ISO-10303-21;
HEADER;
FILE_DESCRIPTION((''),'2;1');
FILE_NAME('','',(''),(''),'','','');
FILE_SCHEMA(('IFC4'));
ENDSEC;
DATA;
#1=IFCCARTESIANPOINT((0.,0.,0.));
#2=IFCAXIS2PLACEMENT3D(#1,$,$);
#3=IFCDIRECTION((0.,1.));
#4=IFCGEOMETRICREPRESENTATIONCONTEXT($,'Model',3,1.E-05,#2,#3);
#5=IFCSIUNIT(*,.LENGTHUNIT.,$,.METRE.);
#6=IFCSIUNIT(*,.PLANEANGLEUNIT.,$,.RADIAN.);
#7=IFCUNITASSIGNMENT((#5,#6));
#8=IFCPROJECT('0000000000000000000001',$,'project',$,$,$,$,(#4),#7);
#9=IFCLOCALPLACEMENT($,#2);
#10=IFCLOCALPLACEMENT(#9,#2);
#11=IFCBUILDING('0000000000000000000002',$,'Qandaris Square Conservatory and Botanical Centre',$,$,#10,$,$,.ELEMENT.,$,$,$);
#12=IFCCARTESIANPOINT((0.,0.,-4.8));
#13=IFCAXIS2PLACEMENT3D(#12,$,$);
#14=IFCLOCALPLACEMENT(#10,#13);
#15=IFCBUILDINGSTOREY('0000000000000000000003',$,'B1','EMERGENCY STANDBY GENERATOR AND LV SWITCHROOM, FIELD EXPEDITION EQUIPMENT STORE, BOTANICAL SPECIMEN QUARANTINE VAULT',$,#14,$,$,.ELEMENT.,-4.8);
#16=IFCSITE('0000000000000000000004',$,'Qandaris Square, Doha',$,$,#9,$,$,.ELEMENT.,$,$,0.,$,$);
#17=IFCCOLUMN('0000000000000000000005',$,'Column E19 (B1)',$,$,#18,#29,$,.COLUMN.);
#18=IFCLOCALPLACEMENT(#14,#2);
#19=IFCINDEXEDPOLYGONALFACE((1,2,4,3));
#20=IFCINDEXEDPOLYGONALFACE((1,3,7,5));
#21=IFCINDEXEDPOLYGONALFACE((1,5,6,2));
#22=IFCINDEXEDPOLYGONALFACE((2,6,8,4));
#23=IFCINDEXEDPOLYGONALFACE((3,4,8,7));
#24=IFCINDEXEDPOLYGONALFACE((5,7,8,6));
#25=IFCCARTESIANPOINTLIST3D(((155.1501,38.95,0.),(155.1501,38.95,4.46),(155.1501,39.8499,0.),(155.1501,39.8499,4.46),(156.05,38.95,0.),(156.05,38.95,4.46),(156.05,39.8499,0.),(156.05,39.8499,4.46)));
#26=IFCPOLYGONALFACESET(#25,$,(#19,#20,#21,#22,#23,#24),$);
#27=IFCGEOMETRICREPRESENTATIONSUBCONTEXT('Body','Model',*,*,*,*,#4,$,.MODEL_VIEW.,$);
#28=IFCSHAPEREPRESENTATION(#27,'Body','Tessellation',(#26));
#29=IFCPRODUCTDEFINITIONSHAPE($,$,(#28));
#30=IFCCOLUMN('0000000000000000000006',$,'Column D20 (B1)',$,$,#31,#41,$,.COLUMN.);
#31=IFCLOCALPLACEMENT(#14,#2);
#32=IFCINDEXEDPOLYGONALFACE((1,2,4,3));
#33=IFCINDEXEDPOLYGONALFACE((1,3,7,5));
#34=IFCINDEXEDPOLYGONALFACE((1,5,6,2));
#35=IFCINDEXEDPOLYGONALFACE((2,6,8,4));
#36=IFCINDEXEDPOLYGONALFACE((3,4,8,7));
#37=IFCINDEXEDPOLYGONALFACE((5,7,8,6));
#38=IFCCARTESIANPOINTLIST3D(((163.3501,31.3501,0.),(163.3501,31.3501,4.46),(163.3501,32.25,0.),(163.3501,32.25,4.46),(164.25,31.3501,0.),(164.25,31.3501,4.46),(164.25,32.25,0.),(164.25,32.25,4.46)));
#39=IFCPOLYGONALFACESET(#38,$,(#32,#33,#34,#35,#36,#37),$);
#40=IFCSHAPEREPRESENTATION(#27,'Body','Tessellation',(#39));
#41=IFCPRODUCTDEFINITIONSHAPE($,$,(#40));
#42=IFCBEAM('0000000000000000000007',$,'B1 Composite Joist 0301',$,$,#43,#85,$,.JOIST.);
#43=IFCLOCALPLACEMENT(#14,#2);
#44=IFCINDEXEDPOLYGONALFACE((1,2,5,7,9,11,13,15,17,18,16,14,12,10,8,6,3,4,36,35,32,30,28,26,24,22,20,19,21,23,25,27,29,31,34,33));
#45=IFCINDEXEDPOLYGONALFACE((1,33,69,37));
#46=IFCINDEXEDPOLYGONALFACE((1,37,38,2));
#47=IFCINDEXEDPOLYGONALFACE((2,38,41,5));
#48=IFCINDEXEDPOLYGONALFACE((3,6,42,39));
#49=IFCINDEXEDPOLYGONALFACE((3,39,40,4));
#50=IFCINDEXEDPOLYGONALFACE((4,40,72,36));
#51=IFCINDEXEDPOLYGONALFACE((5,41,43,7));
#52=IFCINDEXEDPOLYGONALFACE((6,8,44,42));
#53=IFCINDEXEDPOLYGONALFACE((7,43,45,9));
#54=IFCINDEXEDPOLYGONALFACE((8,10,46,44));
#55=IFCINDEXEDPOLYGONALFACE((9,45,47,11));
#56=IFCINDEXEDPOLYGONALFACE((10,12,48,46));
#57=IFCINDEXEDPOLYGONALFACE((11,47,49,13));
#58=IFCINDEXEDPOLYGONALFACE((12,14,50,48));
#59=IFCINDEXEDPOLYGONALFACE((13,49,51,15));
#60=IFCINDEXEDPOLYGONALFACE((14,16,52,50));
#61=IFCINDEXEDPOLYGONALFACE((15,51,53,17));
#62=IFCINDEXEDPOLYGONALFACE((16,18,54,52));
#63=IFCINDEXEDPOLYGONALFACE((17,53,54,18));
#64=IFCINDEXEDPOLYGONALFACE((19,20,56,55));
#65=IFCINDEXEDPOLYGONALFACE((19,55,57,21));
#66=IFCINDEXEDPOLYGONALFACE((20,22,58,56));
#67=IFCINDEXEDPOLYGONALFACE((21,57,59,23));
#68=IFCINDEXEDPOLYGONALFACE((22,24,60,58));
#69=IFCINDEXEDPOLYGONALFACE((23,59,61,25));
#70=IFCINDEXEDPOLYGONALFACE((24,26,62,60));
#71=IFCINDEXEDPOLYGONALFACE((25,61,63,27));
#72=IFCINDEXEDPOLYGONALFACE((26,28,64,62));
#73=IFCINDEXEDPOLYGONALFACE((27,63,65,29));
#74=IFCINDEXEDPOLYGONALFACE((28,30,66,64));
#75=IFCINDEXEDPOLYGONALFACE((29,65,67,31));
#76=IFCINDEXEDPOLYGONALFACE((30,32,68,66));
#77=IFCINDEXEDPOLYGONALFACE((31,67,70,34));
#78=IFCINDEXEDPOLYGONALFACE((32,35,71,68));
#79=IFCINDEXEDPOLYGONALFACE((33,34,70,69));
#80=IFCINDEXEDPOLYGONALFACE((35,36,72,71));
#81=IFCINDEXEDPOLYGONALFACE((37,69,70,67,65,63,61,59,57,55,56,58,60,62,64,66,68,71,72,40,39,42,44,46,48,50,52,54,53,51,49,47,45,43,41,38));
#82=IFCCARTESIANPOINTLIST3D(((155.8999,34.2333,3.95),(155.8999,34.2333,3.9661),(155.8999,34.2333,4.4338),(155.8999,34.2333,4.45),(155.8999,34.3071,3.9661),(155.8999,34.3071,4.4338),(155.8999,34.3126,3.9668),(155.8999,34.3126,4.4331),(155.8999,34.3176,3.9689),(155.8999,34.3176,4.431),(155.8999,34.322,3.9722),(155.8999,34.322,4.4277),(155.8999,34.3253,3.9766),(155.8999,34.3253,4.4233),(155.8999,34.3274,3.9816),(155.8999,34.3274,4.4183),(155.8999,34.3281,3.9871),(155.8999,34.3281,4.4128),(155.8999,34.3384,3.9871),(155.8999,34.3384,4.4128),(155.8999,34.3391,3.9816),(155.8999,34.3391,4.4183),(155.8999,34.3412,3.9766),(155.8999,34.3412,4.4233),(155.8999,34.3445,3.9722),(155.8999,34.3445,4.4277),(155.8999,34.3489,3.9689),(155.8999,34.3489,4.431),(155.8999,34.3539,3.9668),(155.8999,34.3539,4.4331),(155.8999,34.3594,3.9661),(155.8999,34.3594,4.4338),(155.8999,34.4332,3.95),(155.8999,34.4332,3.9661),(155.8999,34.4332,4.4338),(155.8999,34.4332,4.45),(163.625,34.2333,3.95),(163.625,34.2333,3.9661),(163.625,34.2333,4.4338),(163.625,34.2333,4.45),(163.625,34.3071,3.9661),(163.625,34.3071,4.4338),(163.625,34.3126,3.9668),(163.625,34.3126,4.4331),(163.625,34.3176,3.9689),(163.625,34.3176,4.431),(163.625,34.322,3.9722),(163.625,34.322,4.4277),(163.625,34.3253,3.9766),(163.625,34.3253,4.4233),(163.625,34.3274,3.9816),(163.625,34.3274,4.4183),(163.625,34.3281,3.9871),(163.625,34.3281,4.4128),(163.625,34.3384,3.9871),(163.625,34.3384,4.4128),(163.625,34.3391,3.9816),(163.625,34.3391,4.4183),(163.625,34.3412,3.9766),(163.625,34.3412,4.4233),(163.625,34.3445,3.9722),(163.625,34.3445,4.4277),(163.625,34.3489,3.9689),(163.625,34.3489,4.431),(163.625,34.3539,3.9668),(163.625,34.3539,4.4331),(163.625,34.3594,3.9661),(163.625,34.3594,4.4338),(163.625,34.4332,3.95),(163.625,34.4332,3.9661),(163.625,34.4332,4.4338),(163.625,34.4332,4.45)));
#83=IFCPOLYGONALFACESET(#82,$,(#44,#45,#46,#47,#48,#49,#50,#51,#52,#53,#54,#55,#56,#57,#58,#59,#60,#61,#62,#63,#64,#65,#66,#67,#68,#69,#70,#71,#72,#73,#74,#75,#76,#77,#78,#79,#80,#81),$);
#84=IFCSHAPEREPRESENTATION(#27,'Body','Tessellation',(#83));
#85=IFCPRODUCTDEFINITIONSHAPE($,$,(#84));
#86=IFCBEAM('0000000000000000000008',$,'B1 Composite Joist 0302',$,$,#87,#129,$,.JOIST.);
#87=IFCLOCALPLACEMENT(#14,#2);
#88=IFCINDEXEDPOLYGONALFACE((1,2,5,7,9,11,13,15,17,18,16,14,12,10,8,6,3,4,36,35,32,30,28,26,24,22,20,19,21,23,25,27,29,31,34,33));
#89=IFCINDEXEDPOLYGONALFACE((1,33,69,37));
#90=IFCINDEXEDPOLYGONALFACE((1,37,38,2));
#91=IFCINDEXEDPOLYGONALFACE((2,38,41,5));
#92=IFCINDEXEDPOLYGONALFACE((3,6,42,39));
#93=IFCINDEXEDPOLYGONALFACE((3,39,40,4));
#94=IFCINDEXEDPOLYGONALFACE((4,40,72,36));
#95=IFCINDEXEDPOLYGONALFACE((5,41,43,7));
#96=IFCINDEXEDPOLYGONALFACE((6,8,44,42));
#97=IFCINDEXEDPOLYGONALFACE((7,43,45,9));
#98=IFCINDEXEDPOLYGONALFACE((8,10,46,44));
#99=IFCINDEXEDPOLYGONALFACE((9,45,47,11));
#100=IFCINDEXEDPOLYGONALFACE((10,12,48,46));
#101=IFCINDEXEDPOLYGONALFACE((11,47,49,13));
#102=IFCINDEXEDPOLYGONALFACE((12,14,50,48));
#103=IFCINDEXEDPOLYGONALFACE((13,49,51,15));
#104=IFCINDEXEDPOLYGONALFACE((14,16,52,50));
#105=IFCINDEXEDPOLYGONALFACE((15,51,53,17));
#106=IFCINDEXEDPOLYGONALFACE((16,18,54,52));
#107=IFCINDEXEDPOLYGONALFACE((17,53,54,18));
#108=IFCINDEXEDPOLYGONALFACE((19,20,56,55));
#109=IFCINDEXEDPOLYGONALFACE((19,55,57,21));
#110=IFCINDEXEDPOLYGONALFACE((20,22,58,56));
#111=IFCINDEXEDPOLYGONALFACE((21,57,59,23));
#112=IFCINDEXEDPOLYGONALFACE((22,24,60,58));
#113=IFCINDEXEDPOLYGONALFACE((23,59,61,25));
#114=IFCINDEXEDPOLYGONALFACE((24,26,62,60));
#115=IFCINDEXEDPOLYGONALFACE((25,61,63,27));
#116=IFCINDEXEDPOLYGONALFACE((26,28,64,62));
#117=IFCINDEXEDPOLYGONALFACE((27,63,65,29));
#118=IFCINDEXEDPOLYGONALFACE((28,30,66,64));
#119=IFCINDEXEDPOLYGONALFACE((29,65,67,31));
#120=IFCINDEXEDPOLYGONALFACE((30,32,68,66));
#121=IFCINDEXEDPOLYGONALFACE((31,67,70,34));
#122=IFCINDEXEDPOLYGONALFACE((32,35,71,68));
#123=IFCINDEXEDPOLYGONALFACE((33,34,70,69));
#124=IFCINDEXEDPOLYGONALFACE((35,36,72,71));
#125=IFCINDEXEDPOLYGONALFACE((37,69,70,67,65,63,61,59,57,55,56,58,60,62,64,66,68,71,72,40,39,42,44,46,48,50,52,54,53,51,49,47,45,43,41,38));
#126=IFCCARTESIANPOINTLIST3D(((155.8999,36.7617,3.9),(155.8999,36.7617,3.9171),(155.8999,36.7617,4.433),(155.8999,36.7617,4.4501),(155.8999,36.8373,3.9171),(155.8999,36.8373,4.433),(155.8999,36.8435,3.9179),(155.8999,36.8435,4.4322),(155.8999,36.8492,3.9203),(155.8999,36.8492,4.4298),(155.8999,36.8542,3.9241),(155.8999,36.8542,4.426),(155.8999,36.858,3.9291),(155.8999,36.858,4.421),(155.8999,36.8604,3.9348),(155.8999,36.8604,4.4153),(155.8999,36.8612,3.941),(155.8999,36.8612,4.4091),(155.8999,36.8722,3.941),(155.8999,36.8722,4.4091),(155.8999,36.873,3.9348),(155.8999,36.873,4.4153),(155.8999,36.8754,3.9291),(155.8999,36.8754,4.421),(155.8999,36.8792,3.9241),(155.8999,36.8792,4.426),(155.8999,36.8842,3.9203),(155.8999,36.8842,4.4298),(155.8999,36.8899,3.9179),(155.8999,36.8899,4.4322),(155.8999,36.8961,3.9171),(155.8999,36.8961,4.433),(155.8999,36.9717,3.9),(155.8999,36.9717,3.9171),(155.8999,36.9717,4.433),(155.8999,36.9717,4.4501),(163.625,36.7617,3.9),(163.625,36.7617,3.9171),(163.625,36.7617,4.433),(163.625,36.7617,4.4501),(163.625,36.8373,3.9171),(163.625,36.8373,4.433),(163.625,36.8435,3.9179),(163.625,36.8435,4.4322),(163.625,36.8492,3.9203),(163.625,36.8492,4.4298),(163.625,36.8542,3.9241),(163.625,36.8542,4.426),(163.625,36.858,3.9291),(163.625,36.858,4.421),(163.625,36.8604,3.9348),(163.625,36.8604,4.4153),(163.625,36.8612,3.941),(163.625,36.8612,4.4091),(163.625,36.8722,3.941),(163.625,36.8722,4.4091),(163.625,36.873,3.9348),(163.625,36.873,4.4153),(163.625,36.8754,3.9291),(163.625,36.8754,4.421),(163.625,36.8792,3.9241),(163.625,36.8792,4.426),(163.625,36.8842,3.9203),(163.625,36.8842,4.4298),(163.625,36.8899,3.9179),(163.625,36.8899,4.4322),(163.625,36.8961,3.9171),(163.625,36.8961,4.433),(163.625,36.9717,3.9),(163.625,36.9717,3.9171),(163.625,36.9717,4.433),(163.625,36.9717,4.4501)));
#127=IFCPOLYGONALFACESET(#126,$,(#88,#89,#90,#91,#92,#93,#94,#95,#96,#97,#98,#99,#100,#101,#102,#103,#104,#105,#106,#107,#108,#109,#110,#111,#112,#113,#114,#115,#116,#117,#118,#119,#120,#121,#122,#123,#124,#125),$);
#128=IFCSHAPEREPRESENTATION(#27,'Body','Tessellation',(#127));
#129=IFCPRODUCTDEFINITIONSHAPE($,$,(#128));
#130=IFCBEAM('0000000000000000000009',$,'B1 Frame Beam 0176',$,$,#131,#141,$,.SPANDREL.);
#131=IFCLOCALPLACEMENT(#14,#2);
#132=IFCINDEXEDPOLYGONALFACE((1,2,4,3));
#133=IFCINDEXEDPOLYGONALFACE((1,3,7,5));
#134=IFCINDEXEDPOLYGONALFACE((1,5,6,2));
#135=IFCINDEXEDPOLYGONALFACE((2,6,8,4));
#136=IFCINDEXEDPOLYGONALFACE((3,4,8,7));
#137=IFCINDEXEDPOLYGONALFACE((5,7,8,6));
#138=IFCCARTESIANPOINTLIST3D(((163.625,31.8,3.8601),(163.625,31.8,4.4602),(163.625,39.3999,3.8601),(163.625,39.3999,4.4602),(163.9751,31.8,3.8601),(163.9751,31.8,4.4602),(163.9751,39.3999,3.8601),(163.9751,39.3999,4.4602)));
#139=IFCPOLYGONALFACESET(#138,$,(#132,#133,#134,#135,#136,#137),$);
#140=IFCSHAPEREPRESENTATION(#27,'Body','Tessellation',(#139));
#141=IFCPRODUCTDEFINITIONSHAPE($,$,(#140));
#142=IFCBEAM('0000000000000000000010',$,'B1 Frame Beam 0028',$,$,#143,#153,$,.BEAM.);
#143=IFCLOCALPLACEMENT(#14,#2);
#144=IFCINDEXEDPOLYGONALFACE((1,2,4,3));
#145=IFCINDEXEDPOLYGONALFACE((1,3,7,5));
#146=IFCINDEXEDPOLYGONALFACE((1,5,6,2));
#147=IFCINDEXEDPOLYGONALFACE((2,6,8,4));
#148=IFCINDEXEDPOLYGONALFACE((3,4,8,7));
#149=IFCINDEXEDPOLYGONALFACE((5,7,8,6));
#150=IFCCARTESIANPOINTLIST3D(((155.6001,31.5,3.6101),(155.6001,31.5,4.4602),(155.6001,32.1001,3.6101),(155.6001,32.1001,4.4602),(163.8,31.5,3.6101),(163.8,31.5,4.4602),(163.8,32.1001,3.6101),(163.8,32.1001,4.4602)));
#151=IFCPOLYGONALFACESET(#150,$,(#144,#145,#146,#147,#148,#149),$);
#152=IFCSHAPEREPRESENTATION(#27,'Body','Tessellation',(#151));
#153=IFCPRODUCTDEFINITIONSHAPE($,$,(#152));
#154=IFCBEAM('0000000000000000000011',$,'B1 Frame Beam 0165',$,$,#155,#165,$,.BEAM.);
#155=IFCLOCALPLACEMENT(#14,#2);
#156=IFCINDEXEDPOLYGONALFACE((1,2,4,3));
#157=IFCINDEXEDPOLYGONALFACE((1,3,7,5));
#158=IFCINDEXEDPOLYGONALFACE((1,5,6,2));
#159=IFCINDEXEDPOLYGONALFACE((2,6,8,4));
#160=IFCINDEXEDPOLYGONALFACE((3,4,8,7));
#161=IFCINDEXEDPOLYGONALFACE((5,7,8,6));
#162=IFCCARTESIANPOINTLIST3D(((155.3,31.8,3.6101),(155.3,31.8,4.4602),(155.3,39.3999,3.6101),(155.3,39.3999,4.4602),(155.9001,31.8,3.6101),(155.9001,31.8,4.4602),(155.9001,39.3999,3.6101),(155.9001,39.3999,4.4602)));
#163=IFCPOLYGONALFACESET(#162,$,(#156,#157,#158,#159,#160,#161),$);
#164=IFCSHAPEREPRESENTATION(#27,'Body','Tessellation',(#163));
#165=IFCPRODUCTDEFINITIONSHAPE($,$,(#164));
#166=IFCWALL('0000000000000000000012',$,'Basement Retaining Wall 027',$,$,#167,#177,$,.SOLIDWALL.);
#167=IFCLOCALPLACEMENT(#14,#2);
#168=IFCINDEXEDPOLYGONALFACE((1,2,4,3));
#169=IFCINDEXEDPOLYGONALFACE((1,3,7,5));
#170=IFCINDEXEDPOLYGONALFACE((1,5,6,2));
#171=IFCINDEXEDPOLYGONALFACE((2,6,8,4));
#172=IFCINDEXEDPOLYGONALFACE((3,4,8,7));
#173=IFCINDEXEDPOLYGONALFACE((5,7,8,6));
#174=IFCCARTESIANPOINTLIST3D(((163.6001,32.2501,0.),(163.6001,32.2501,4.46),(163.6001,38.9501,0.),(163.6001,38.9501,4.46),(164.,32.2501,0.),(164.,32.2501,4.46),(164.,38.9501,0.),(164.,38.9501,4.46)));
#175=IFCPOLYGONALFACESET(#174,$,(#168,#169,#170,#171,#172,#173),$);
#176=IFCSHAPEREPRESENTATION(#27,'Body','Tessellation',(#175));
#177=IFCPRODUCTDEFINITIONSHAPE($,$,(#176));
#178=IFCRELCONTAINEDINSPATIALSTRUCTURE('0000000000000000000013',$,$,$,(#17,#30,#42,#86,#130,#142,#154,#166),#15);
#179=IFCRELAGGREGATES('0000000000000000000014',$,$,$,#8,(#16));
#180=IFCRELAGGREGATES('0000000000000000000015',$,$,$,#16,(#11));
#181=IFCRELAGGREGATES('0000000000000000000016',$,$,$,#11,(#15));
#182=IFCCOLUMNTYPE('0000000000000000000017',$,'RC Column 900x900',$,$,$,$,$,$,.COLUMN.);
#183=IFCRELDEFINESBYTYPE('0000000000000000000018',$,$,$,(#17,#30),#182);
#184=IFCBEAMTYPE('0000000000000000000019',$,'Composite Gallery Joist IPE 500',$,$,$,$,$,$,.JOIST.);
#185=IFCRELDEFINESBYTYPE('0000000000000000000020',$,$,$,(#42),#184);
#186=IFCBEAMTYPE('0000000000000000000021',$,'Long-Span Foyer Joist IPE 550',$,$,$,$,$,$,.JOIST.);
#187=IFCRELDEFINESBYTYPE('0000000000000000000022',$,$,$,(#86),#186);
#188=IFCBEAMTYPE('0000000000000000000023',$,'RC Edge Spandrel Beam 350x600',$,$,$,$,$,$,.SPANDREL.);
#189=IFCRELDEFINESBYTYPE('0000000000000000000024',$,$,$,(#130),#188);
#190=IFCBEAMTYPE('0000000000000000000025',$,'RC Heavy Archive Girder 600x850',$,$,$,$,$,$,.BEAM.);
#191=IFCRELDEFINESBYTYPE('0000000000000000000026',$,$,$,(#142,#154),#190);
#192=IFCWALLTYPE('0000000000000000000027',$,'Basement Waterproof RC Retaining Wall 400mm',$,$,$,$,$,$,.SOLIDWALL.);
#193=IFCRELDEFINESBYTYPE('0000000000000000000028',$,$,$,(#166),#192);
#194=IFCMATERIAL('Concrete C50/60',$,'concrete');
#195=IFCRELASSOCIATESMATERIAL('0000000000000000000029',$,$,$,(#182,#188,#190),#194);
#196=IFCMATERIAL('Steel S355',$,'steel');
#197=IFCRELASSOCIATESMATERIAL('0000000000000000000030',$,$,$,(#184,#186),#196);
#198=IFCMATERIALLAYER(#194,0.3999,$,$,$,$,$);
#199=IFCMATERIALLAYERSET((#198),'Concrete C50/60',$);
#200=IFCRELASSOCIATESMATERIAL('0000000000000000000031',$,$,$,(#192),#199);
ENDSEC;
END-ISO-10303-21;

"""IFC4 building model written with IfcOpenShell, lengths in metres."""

from ifc_helpers import new_model, si_unit, direction, frame, frame_2d, origin, origin_2d, place, context, subcontext, project, spatial, rectangle, i_section, extrude, material, layer, layer_set, material_profile, profile_set, type_object, element, save


model = new_model("IFC4")

# Units and contexts
model_context = context("Model", 3, precision=1e-05, world=origin(), true_north=direction((0.0, 1.0)))
body_context = subcontext(model_context, "Body", "Model", "MODEL_VIEW")
ifc_project = project(units=[si_unit("LENGTHUNIT", "METRE"), si_unit("PLANEANGLEUNIT", "RADIAN")], contexts=[model_context])

# Site, building, storey
site_placement = place(None, origin())
site = spatial("IfcSite", under=ifc_project, at=site_placement, Name="Qandaris Square, Doha", CompositionType="ELEMENT", RefElevation=0.0)
building_placement = place(site_placement, origin())
building = spatial("IfcBuilding", under=site, at=building_placement, Name="Qandaris Square Conservatory and Botanical Centre", CompositionType="ELEMENT")
storey_placement = place(building_placement, frame((0.0, 0.0, -4.8)))
storey = spatial("IfcBuildingStorey", under=building, at=storey_placement, Name="B1", Description="EMERGENCY STANDBY GENERATOR AND LV SWITCHROOM, FIELD EXPEDITION EQUIPMENT STORE, BOTANICAL SPECIMEN QUARANTINE VAULT", CompositionType="ELEMENT", Elevation=-4.8)

# Shared definitions
ifc_material_1 = material(Name="Concrete C50/60", Category="concrete")

# Columns
ifc_material_profile_1 = material_profile(ifc_material_1, rectangle(XDim=0.8999, YDim=0.8999, at=origin_2d()), Name="RC-COL 900x900")
ifc_profile_set_1 = profile_set([ifc_material_profile_1], Name="Concrete C50/60")
column_type_1 = type_object("IfcColumnType", Name="RC Column 900x900", PredefinedType="COLUMN", material=ifc_profile_set_1)
for number, where, z_axis, x_axis, name in (
    (1, (155.6001, 39.3999, 0.0), (0.0, 0.0, 1.0), (1.0, 0.0, 0.0), "Column E19 (B1)"),
    (2, (163.8, 31.8, 0.0), (0.0, 0.0, 1.0), (1.0, 0.0, 0.0), "Column D20 (B1)"),
):
    element("IfcColumn", number, at=place(storey_placement, frame(where, z_axis=z_axis, x_axis=x_axis)), inside=storey, type_object=column_type_1, Name=name, PredefinedType="COLUMN", context=body_context, shape_type="SweptSolid", body=[
        extrude(rectangle(XDim=0.8999, YDim=0.8999, at=origin_2d()), origin(), (0.0, 0.0, 1.0), 4.46),
    ])

# Beams
ifc_material_2 = material(Name="Steel S355", Category="steel")
ifc_material_profile_2 = material_profile(ifc_material_2, i_section(OverallWidth=0.2, OverallDepth=0.5, WebThickness=0.0103, FlangeThickness=0.0161, FilletRadius=0.021, at=origin_2d()), Name="IPE 500")
ifc_profile_set_2 = profile_set([ifc_material_profile_2], Name="Steel S355")
beam_type_1 = type_object("IfcBeamType", Name="Composite Gallery Joist IPE 500", PredefinedType="JOIST", material=ifc_profile_set_2)
beam_1_placement = place(storey_placement, frame((155.8999, 34.3333, 4.2), z_axis=(1.0, 0.0, 0.0), x_axis=(0.0, 1.0, 0.0)))
element("IfcBeam", 3, at=beam_1_placement, inside=storey, type_object=beam_type_1, Name="B1 Composite Joist 0301", PredefinedType="JOIST", context=body_context, shape_type="SweptSolid", body=[
    extrude(i_section(OverallWidth=0.2, OverallDepth=0.5, WebThickness=0.0103, FlangeThickness=0.0161, FilletRadius=0.021, at=origin_2d()), origin(), (0.0, 0.0, 1.0), 7.7251),
])
ifc_material_profile_3 = material_profile(ifc_material_2, i_section(OverallWidth=0.21, OverallDepth=0.55, WebThickness=0.011, FlangeThickness=0.0171, FilletRadius=0.0239, at=origin_2d()), Name="IPE 550")
ifc_profile_set_3 = profile_set([ifc_material_profile_3], Name="Steel S355")
beam_type_2 = type_object("IfcBeamType", Name="Long-Span Foyer Joist IPE 550", PredefinedType="JOIST", material=ifc_profile_set_3)
beam_2_placement = place(storey_placement, frame((155.8999, 36.8667, 4.175), z_axis=(1.0, 0.0, 0.0), x_axis=(0.0, 1.0, 0.0)))
element("IfcBeam", 4, at=beam_2_placement, inside=storey, type_object=beam_type_2, Name="B1 Composite Joist 0302", PredefinedType="JOIST", context=body_context, shape_type="SweptSolid", body=[
    extrude(i_section(OverallWidth=0.21, OverallDepth=0.55, WebThickness=0.011, FlangeThickness=0.0171, FilletRadius=0.0239, at=origin_2d()), origin(), (0.0, 0.0, 1.0), 7.7251),
])
ifc_material_profile_4 = material_profile(ifc_material_1, rectangle(XDim=0.3501, YDim=0.6001, at=origin_2d()), Name="RC-SP 350x600")
ifc_profile_set_4 = profile_set([ifc_material_profile_4], Name="Concrete C50/60")
beam_type_3 = type_object("IfcBeamType", Name="RC Edge Spandrel Beam 350x600", PredefinedType="SPANDREL", material=ifc_profile_set_4)
beam_3_placement = place(storey_placement, frame((163.8, 31.8, 4.1602), z_axis=(0.0, 1.0, 0.0), x_axis=(-1.0, 0.0, 0.0)))
element("IfcBeam", 5, at=beam_3_placement, inside=storey, type_object=beam_type_3, Name="B1 Frame Beam 0176", PredefinedType="SPANDREL", context=body_context, shape_type="SweptSolid", body=[
    extrude(rectangle(XDim=0.3501, YDim=0.6001, at=origin_2d()), origin(), (0.0, 0.0, 1.0), 7.5999),
])
ifc_material_profile_5 = material_profile(ifc_material_1, rectangle(XDim=0.6001, YDim=0.8501, at=origin_2d()), Name="RC-BM 600x850")
ifc_profile_set_5 = profile_set([ifc_material_profile_5], Name="Concrete C50/60")
beam_type_4 = type_object("IfcBeamType", Name="RC Heavy Archive Girder 600x850", PredefinedType="BEAM", material=ifc_profile_set_5)
beam_4_placement = place(storey_placement, frame((155.6001, 31.8, 4.0352), z_axis=(1.0, 0.0, 0.0), x_axis=(0.0, 1.0, 0.0)))
element("IfcBeam", 6, at=beam_4_placement, inside=storey, type_object=beam_type_4, Name="B1 Frame Beam 0028", PredefinedType="BEAM", context=body_context, shape_type="SweptSolid", body=[
    extrude(rectangle(XDim=0.6001, YDim=0.8501, at=origin_2d()), origin(), (0.0, 0.0, 1.0), 8.2),
])
beam_5_placement = place(storey_placement, frame((155.6001, 31.8, 4.0352), z_axis=(0.0, 1.0, 0.0), x_axis=(-1.0, 0.0, 0.0)))
element("IfcBeam", 7, at=beam_5_placement, inside=storey, type_object=beam_type_4, Name="B1 Frame Beam 0165", PredefinedType="BEAM", context=body_context, shape_type="SweptSolid", body=[
    extrude(rectangle(XDim=0.6001, YDim=0.8501, at=origin_2d()), origin(), (0.0, 0.0, 1.0), 7.5999),
])

# Wall
ifc_layer = layer(ifc_material_1, 0.3999)
ifc_layer_set = layer_set([ifc_layer], Name="Concrete C50/60")
wall_type = type_object("IfcWallType", Name="Basement Waterproof RC Retaining Wall 400mm", PredefinedType="SOLIDWALL", material=ifc_layer_set)
wall_placement = place(storey_placement, frame((163.8, 32.25, 0.0), z_axis=(0.0, 0.0, 1.0), x_axis=(0.0, 1.0, 0.0)))
element("IfcWall", 8, at=wall_placement, inside=storey, type_object=wall_type, Name="Basement Retaining Wall 027", PredefinedType="SOLIDWALL", context=body_context, shape_type="SweptSolid", body=[
    extrude(rectangle(XDim=6.7, YDim=0.3999, at=frame_2d((3.3501, 0.0))), origin(), (0.0, 0.0, 1.0), 4.46),
])

save(model, "model.ifc")
